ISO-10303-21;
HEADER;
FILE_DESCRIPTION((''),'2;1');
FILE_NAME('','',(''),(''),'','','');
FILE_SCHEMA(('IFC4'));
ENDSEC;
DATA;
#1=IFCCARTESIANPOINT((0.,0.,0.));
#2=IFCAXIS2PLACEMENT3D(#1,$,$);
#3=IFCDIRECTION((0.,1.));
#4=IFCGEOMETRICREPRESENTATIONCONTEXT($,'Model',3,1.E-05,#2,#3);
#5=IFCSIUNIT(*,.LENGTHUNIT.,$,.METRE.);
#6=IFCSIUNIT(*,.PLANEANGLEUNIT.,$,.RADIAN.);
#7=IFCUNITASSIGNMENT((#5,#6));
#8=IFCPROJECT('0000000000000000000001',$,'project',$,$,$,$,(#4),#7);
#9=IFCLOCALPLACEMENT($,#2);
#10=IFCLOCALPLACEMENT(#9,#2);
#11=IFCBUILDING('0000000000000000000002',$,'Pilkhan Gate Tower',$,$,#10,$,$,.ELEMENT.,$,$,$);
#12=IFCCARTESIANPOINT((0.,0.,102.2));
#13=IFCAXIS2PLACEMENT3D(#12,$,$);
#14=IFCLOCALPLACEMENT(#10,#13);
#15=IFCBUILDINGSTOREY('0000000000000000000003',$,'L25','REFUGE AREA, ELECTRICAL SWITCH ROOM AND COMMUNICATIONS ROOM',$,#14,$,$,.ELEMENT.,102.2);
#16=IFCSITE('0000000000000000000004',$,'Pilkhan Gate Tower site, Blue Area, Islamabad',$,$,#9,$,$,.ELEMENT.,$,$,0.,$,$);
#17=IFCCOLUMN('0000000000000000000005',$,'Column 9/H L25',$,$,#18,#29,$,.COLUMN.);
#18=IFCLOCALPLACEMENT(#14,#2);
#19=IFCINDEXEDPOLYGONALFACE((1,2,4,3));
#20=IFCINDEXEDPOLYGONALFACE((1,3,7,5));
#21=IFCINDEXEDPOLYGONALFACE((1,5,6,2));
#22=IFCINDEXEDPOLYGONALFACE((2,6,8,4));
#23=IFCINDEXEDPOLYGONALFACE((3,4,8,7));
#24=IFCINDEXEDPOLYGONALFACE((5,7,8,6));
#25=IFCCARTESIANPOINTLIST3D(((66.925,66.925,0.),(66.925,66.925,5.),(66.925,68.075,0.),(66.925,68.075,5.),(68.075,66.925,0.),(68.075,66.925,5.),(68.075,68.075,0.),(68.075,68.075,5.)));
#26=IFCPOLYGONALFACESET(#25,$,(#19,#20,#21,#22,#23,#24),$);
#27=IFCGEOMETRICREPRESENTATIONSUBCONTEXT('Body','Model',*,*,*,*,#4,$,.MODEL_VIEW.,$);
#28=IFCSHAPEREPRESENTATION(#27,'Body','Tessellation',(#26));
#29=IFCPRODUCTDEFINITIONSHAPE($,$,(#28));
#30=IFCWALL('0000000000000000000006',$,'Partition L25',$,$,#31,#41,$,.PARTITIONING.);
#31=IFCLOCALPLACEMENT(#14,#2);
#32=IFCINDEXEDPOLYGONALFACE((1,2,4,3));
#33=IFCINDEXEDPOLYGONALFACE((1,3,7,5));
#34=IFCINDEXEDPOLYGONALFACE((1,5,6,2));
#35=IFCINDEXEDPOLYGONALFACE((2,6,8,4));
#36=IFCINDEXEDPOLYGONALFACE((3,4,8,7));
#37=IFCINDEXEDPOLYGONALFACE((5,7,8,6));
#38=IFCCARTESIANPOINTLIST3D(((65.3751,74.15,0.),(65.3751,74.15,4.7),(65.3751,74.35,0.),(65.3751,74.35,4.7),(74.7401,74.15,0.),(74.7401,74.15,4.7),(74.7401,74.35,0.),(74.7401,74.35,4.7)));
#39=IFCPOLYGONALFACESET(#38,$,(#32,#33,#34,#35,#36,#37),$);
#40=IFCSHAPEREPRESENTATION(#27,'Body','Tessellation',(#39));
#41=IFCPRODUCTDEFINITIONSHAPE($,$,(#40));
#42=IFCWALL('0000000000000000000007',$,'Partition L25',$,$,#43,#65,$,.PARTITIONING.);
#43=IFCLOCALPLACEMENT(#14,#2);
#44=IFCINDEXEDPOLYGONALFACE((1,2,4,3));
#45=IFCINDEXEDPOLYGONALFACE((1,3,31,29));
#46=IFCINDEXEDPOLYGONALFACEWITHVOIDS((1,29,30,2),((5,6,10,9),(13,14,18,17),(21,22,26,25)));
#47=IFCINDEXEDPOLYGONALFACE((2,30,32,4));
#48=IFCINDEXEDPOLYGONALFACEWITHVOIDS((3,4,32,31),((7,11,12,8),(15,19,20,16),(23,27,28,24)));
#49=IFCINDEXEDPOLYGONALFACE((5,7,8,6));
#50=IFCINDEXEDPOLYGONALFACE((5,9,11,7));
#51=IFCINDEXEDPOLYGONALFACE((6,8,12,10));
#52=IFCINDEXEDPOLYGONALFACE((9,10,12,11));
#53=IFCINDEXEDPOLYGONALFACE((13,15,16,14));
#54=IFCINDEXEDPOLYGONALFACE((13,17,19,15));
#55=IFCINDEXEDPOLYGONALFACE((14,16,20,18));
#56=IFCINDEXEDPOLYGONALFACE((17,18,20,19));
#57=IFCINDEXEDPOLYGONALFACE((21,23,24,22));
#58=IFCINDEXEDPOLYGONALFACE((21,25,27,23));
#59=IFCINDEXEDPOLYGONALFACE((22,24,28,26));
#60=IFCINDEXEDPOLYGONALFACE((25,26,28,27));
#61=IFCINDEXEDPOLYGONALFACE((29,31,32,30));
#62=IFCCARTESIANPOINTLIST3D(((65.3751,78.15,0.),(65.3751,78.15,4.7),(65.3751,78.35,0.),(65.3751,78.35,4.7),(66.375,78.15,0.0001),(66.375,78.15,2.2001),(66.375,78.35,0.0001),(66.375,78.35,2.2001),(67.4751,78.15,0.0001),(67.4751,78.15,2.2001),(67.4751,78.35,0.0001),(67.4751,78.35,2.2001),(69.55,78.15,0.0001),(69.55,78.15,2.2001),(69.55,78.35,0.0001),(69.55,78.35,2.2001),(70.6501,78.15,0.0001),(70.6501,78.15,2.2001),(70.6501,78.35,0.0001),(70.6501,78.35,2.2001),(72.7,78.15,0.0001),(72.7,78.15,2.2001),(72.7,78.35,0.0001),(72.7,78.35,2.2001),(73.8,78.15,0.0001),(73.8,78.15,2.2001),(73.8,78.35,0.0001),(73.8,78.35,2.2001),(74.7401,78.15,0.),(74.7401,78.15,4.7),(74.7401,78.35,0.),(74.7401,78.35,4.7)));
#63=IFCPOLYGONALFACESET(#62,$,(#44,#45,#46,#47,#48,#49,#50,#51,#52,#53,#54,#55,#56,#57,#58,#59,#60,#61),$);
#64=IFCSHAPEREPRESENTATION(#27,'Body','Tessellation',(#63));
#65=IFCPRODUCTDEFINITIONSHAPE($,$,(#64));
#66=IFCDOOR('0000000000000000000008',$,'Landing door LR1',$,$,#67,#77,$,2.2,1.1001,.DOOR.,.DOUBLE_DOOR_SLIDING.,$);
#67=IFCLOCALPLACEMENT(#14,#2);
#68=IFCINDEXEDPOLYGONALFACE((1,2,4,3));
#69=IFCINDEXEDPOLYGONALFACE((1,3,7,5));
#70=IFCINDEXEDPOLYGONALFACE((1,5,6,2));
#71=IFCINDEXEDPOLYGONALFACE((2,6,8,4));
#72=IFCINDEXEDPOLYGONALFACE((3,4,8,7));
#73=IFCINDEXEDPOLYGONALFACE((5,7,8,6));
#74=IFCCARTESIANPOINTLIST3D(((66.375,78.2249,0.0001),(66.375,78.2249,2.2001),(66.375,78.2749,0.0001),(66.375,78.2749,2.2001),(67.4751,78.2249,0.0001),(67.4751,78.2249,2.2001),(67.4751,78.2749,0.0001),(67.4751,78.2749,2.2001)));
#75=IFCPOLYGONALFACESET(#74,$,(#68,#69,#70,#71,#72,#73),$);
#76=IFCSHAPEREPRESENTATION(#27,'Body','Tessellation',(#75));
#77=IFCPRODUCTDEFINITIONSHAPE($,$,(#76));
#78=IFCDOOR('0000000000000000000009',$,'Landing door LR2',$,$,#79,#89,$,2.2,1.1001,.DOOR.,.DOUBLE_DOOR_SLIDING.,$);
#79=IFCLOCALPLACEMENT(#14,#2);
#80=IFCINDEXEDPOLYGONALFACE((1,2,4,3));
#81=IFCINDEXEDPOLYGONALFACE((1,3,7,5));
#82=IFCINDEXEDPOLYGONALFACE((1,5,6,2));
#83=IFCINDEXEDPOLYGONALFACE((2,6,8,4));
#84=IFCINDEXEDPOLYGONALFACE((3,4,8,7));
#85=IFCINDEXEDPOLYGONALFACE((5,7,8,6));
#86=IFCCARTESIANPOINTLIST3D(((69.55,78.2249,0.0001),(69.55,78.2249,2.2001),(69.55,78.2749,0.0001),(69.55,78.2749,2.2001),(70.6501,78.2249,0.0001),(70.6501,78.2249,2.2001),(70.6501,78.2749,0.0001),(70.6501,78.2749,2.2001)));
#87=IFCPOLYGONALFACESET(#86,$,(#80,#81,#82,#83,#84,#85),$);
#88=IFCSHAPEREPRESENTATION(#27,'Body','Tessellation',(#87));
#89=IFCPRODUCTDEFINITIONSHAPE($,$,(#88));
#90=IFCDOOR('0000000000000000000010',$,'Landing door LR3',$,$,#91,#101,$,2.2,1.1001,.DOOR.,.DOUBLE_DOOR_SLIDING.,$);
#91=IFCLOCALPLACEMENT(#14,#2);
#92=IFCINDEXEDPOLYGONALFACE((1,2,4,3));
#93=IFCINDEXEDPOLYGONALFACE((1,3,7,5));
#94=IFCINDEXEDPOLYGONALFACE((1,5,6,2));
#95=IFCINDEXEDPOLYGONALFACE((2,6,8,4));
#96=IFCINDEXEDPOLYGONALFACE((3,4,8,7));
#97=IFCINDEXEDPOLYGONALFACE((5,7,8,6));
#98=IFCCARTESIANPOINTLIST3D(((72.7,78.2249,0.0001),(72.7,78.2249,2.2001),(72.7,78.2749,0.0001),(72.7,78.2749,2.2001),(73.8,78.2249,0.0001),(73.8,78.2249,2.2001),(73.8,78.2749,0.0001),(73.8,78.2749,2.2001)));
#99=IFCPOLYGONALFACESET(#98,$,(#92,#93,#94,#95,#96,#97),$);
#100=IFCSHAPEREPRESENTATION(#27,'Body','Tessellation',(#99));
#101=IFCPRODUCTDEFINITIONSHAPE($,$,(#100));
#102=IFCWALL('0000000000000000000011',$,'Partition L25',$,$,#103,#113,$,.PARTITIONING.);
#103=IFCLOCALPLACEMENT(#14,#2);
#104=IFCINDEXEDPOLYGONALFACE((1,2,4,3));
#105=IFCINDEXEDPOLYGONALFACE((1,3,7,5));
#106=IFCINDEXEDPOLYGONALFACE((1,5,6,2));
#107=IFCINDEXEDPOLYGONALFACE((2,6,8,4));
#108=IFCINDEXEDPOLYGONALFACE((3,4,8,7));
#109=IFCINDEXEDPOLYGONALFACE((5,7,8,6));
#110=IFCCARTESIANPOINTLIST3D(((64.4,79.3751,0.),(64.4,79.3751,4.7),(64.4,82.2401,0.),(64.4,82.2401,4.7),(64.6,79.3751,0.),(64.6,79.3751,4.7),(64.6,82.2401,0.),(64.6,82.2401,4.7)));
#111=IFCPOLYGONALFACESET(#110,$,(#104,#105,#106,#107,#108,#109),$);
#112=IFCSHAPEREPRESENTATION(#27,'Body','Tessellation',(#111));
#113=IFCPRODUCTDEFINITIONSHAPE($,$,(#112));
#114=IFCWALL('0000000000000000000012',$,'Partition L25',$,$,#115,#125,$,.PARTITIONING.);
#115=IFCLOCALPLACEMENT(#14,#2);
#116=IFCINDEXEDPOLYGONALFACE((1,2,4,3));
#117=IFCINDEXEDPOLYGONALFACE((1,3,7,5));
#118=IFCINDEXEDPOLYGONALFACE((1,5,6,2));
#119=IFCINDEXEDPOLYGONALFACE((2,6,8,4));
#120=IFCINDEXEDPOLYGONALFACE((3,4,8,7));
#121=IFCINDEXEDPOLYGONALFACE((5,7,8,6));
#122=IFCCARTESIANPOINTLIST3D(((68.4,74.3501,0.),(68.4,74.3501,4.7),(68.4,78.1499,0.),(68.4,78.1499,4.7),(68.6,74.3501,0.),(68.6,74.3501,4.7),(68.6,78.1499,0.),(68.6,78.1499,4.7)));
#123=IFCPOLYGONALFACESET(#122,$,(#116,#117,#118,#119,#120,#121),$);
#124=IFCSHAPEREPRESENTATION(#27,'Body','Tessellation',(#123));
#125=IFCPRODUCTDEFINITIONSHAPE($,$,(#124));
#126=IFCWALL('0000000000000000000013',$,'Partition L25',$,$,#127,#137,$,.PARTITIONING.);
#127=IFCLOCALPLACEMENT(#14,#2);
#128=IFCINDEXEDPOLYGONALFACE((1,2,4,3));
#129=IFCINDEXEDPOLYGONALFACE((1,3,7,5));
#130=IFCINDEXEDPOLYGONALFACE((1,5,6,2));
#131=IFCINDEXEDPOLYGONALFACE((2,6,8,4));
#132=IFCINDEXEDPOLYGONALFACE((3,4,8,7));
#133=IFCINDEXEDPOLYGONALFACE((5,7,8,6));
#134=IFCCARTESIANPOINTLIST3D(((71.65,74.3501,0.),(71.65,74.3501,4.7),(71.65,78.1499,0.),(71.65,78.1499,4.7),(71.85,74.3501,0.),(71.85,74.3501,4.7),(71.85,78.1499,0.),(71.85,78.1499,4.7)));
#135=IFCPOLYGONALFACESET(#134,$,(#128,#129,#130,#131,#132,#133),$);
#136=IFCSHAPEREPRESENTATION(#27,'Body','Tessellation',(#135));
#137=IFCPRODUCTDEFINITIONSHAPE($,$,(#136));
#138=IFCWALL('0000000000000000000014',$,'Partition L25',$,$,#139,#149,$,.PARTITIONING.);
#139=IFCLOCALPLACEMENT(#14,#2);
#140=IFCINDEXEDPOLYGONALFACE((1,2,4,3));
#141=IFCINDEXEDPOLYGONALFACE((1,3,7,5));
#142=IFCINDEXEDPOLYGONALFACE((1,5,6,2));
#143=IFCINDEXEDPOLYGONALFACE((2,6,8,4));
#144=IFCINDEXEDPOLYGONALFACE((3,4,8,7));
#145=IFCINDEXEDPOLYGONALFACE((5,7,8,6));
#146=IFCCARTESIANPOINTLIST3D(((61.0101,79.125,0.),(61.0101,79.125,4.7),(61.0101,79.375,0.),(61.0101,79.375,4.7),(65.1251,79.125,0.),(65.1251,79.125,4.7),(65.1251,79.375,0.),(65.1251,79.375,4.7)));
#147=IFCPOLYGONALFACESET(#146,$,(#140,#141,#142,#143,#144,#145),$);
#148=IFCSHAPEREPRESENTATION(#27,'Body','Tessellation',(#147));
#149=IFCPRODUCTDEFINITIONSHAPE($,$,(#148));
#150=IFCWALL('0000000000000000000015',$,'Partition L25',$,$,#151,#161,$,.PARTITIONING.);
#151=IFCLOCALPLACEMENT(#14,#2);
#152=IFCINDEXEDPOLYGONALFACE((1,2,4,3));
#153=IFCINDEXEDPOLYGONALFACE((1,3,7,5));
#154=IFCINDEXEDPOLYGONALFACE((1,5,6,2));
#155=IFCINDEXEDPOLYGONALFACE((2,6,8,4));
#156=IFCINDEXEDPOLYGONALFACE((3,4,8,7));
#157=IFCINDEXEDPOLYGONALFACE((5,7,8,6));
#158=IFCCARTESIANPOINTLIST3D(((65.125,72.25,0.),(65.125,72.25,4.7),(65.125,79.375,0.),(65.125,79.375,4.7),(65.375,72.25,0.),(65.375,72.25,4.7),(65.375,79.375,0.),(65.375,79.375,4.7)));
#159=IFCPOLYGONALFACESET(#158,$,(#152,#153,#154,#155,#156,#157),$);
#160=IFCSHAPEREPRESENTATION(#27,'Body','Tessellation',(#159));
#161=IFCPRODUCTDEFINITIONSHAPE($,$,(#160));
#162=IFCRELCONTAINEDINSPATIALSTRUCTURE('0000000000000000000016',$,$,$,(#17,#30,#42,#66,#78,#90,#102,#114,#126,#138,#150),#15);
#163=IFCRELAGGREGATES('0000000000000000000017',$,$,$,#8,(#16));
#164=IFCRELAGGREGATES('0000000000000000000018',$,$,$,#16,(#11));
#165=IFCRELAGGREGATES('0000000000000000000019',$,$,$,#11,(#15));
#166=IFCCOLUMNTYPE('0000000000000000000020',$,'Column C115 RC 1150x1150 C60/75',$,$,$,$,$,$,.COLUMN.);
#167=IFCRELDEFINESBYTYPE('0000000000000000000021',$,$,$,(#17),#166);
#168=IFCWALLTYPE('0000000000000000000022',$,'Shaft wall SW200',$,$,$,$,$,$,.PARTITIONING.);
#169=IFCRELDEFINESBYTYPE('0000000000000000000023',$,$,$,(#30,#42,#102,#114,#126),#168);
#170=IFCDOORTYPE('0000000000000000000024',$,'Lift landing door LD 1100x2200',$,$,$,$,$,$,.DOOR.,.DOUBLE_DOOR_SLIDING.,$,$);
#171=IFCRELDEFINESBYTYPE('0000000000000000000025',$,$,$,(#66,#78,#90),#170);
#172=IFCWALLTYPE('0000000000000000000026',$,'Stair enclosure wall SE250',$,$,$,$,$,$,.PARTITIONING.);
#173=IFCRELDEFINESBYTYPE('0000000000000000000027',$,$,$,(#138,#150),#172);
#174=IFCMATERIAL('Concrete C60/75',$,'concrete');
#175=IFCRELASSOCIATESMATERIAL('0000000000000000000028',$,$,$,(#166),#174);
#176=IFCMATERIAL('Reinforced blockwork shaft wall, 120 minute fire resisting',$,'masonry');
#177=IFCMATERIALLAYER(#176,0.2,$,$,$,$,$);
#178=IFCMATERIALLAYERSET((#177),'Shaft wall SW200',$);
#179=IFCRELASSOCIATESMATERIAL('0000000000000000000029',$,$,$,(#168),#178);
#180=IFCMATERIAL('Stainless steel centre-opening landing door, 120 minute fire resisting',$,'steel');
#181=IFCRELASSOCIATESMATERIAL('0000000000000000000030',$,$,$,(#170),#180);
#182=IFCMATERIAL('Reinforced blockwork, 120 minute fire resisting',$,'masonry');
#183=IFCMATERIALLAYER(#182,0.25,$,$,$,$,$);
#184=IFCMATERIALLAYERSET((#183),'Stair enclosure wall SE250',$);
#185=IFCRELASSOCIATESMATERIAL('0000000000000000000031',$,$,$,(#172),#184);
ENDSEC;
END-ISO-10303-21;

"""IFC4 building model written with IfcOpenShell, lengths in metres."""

from ifc_helpers import new_model, si_unit, direction, frame, frame_2d, origin, origin_2d, place, context, subcontext, project, spatial, rectangle, extrude, material, layer, layer_set, material_profile, profile_set, type_object, element, fill, save


model = new_model("IFC4")

# Units and contexts
model_context = context("Model", 3, precision=1e-05, world=origin(), true_north=direction((0.0, 1.0)))
body_context = subcontext(model_context, "Body", "Model", "MODEL_VIEW")
ifc_project = project(units=[si_unit("LENGTHUNIT", "METRE"), si_unit("PLANEANGLEUNIT", "RADIAN")], contexts=[model_context])

# Site, building, storey
site_placement = place(None, origin())
site = spatial("IfcSite", under=ifc_project, at=site_placement, Name="Pilkhan Gate Tower site, Blue Area, Islamabad", CompositionType="ELEMENT", RefElevation=0.0)
building_placement = place(site_placement, origin())
building = spatial("IfcBuilding", under=site, at=building_placement, Name="Pilkhan Gate Tower", CompositionType="ELEMENT")
storey_placement = place(building_placement, frame((0.0, 0.0, 102.2)))
storey = spatial("IfcBuildingStorey", under=building, at=storey_placement, Name="L25", Description="REFUGE AREA, ELECTRICAL SWITCH ROOM AND COMMUNICATIONS ROOM", CompositionType="ELEMENT", Elevation=102.2)

# Column
ifc_material_1 = material(Name="Concrete C60/75", Category="concrete")
ifc_material_profile = material_profile(ifc_material_1, rectangle(XDim=1.1499, YDim=1.1499, at=origin_2d()), Name="RC 1150x1150")
ifc_profile_set = profile_set([ifc_material_profile], Name="Concrete C60/75")
column_type = type_object("IfcColumnType", Name="Column C115 RC 1150x1150 C60/75", PredefinedType="COLUMN", material=ifc_profile_set)
column_placement = place(storey_placement, frame((67.5, 67.5, 0.0), z_axis=(0.0, 0.0, 1.0), x_axis=(1.0, 0.0, 0.0)))
element("IfcColumn", 1, at=column_placement, inside=storey, type_object=column_type, Name="Column 9/H L25", PredefinedType="COLUMN", context=body_context, shape_type="SweptSolid", body=[
    extrude(rectangle(XDim=1.1499, YDim=1.1499, at=origin_2d()), origin(), (0.0, 0.0, 1.0), 5.0),
])

# Wall
ifc_material_2 = material(Name="Reinforced blockwork shaft wall, 120 minute fire resisting", Category="masonry")
ifc_layer_1 = layer(ifc_material_2, 0.2)
ifc_layer_set_1 = layer_set([ifc_layer_1], Name="Shaft wall SW200")
wall_type_1 = type_object("IfcWallType", Name="Shaft wall SW200", PredefinedType="PARTITIONING", material=ifc_layer_set_1)
wall_1_placement = place(storey_placement, frame((65.375, 74.25, 0.0), z_axis=(0.0, 0.0, 1.0), x_axis=(1.0, 0.0, 0.0)))
element("IfcWall", 2, at=wall_1_placement, inside=storey, type_object=wall_type_1, Name="Partition L25", PredefinedType="PARTITIONING", context=body_context, shape_type="SweptSolid", body=[
    extrude(rectangle(XDim=9.365, YDim=0.2, at=frame_2d((4.6826, 0.0))), origin(), (0.0, 0.0, 1.0), 4.7),
])

# Wall, openings, doors
wall_2_placement = place(storey_placement, frame((65.375, 78.25, 0.0), z_axis=(0.0, 0.0, 1.0), x_axis=(1.0, 0.0, 0.0)))
wall_2 = element("IfcWall", 3, at=wall_2_placement, inside=storey, type_object=wall_type_1, Name="Partition L25", PredefinedType="PARTITIONING", context=body_context, shape_type="SweptSolid", body=[
    extrude(rectangle(XDim=9.365, YDim=0.2, at=frame_2d((4.6826, 0.0))), origin(), (0.0, 0.0, 1.0), 4.7),
])
opening_1_placement = place(wall_2_placement, frame((1.0, 0.0, 0.0)))
opening_1 = element("IfcOpeningElement", 4, at=opening_1_placement, cuts=wall_2, PredefinedType="OPENING", context=body_context, shape_type="SweptSolid", body=[
    extrude(rectangle(XDim=1.1001, YDim=2.2, at=frame_2d((0.55, 1.1001))), frame((0.0, 0.1099, 0.0), z_axis=(0.0, -1.0, 0.0), x_axis=(1.0, 0.0, 0.0)), (0.0, 0.0, 1.0), 0.22),
])
opening_2_placement = place(wall_2_placement, frame((4.175, 0.0, 0.0)))
opening_2 = element("IfcOpeningElement", 5, at=opening_2_placement, cuts=wall_2, PredefinedType="OPENING", context=body_context, shape_type="SweptSolid", body=[
    extrude(rectangle(XDim=1.1001, YDim=2.2, at=frame_2d((0.55, 1.1001))), frame((0.0, 0.1099, 0.0), z_axis=(0.0, -1.0, 0.0), x_axis=(1.0, 0.0, 0.0)), (0.0, 0.0, 1.0), 0.22),
])
opening_3_placement = place(wall_2_placement, frame((7.325, 0.0, 0.0)))
opening_3 = element("IfcOpeningElement", 6, at=opening_3_placement, cuts=wall_2, PredefinedType="OPENING", context=body_context, shape_type="SweptSolid", body=[
    extrude(rectangle(XDim=1.1001, YDim=2.2, at=frame_2d((0.55, 1.1001))), frame((0.0, 0.1099, 0.0), z_axis=(0.0, -1.0, 0.0), x_axis=(1.0, 0.0, 0.0)), (0.0, 0.0, 1.0), 0.22),
])
ifc_material_3 = material(Name="Stainless steel centre-opening landing door, 120 minute fire resisting", Category="steel")
door_type = type_object("IfcDoorType", Name="Lift landing door LD 1100x2200", OperationType="DOUBLE_DOOR_SLIDING", PredefinedType="DOOR", material=ifc_material_3)
door_1_placement = place(opening_1_placement, origin())
door_1 = element("IfcDoor", 7, at=door_1_placement, inside=storey, type_object=door_type, Name="Landing door LR1", OperationType="DOUBLE_DOOR_SLIDING", OverallHeight=2.2, OverallWidth=1.1001, PredefinedType="DOOR", context=body_context, shape_type="SweptSolid", body=[
    extrude(rectangle(XDim=1.1001, YDim=2.2, at=frame_2d((0.55, 1.1001))), frame((0.0, 0.0249, 0.0), z_axis=(0.0, -1.0, 0.0), x_axis=(1.0, 0.0, 0.0)), (0.0, 0.0, 1.0), 0.05),
])
fill(opening_1, door_1)
door_2_placement = place(opening_2_placement, origin())
door_2 = element("IfcDoor", 8, at=door_2_placement, inside=storey, type_object=door_type, Name="Landing door LR2", OperationType="DOUBLE_DOOR_SLIDING", OverallHeight=2.2, OverallWidth=1.1001, PredefinedType="DOOR", context=body_context, shape_type="SweptSolid", body=[
    extrude(rectangle(XDim=1.1001, YDim=2.2, at=frame_2d((0.55, 1.1001))), frame((0.0, 0.0249, 0.0), z_axis=(0.0, -1.0, 0.0), x_axis=(1.0, 0.0, 0.0)), (0.0, 0.0, 1.0), 0.05),
])
fill(opening_2, door_2)
door_3_placement = place(opening_3_placement, origin())
door_3 = element("IfcDoor", 9, at=door_3_placement, inside=storey, type_object=door_type, Name="Landing door LR3", OperationType="DOUBLE_DOOR_SLIDING", OverallHeight=2.2, OverallWidth=1.1001, PredefinedType="DOOR", context=body_context, shape_type="SweptSolid", body=[
    extrude(rectangle(XDim=1.1001, YDim=2.2, at=frame_2d((0.55, 1.1001))), frame((0.0, 0.0249, 0.0), z_axis=(0.0, -1.0, 0.0), x_axis=(1.0, 0.0, 0.0)), (0.0, 0.0, 1.0), 0.05),
])
fill(opening_3, door_3)

# Walls
wall_3_placement = place(storey_placement, frame((64.5, 79.375, 0.0), z_axis=(0.0, 0.0, 1.0), x_axis=(0.0, 1.0, 0.0)))
element("IfcWall", 10, at=wall_3_placement, inside=storey, type_object=wall_type_1, Name="Partition L25", PredefinedType="PARTITIONING", context=body_context, shape_type="SweptSolid", body=[
    extrude(rectangle(XDim=2.865, YDim=0.2, at=frame_2d((1.4326, 0.0))), origin(), (0.0, 0.0, 1.0), 4.7),
])
for number, where, z_axis, x_axis, name in (
    (11, (68.5, 74.3501, 0.0), (0.0, 0.0, 1.0), (0.0, 1.0, 0.0), "Partition L25"),
    (12, (71.75, 74.3501, 0.0), (0.0, 0.0, 1.0), (0.0, 1.0, 0.0), "Partition L25"),
):
    element("IfcWall", number, at=place(storey_placement, frame(where, z_axis=z_axis, x_axis=x_axis)), inside=storey, type_object=wall_type_1, Name=name, PredefinedType="PARTITIONING", context=body_context, shape_type="SweptSolid", body=[
        extrude(rectangle(XDim=3.7998, YDim=0.2, at=frame_2d((1.8999, 0.0))), origin(), (0.0, 0.0, 1.0), 4.7),
    ])
ifc_material_4 = material(Name="Reinforced blockwork, 120 minute fire resisting", Category="masonry")
ifc_layer_2 = layer(ifc_material_4, 0.25)
ifc_layer_set_2 = layer_set([ifc_layer_2], Name="Stair enclosure wall SE250")
wall_type_2 = type_object("IfcWallType", Name="Stair enclosure wall SE250", PredefinedType="PARTITIONING", material=ifc_layer_set_2)
wall_4_placement = place(storey_placement, frame((61.01, 79.25, 0.0), z_axis=(0.0, 0.0, 1.0), x_axis=(1.0, 0.0, 0.0)))
element("IfcWall", 13, at=wall_4_placement, inside=storey, type_object=wall_type_2, Name="Partition L25", PredefinedType="PARTITIONING", context=body_context, shape_type="SweptSolid", body=[
    extrude(rectangle(XDim=4.115, YDim=0.25, at=frame_2d((2.0576, 0.0))), origin(), (0.0, 0.0, 1.0), 4.7),
])
wall_5_placement = place(storey_placement, frame((65.25, 72.25, 0.0), z_axis=(0.0, 0.0, 1.0), x_axis=(0.0, 1.0, 0.0)))
element("IfcWall", 14, at=wall_5_placement, inside=storey, type_object=wall_type_2, Name="Partition L25", PredefinedType="PARTITIONING", context=body_context, shape_type="SweptSolid", body=[
    extrude(rectangle(XDim=7.125, YDim=0.25, at=frame_2d((3.5625, 0.0))), origin(), (0.0, 0.0, 1.0), 4.7),
])

save(model, "model.ifc")
